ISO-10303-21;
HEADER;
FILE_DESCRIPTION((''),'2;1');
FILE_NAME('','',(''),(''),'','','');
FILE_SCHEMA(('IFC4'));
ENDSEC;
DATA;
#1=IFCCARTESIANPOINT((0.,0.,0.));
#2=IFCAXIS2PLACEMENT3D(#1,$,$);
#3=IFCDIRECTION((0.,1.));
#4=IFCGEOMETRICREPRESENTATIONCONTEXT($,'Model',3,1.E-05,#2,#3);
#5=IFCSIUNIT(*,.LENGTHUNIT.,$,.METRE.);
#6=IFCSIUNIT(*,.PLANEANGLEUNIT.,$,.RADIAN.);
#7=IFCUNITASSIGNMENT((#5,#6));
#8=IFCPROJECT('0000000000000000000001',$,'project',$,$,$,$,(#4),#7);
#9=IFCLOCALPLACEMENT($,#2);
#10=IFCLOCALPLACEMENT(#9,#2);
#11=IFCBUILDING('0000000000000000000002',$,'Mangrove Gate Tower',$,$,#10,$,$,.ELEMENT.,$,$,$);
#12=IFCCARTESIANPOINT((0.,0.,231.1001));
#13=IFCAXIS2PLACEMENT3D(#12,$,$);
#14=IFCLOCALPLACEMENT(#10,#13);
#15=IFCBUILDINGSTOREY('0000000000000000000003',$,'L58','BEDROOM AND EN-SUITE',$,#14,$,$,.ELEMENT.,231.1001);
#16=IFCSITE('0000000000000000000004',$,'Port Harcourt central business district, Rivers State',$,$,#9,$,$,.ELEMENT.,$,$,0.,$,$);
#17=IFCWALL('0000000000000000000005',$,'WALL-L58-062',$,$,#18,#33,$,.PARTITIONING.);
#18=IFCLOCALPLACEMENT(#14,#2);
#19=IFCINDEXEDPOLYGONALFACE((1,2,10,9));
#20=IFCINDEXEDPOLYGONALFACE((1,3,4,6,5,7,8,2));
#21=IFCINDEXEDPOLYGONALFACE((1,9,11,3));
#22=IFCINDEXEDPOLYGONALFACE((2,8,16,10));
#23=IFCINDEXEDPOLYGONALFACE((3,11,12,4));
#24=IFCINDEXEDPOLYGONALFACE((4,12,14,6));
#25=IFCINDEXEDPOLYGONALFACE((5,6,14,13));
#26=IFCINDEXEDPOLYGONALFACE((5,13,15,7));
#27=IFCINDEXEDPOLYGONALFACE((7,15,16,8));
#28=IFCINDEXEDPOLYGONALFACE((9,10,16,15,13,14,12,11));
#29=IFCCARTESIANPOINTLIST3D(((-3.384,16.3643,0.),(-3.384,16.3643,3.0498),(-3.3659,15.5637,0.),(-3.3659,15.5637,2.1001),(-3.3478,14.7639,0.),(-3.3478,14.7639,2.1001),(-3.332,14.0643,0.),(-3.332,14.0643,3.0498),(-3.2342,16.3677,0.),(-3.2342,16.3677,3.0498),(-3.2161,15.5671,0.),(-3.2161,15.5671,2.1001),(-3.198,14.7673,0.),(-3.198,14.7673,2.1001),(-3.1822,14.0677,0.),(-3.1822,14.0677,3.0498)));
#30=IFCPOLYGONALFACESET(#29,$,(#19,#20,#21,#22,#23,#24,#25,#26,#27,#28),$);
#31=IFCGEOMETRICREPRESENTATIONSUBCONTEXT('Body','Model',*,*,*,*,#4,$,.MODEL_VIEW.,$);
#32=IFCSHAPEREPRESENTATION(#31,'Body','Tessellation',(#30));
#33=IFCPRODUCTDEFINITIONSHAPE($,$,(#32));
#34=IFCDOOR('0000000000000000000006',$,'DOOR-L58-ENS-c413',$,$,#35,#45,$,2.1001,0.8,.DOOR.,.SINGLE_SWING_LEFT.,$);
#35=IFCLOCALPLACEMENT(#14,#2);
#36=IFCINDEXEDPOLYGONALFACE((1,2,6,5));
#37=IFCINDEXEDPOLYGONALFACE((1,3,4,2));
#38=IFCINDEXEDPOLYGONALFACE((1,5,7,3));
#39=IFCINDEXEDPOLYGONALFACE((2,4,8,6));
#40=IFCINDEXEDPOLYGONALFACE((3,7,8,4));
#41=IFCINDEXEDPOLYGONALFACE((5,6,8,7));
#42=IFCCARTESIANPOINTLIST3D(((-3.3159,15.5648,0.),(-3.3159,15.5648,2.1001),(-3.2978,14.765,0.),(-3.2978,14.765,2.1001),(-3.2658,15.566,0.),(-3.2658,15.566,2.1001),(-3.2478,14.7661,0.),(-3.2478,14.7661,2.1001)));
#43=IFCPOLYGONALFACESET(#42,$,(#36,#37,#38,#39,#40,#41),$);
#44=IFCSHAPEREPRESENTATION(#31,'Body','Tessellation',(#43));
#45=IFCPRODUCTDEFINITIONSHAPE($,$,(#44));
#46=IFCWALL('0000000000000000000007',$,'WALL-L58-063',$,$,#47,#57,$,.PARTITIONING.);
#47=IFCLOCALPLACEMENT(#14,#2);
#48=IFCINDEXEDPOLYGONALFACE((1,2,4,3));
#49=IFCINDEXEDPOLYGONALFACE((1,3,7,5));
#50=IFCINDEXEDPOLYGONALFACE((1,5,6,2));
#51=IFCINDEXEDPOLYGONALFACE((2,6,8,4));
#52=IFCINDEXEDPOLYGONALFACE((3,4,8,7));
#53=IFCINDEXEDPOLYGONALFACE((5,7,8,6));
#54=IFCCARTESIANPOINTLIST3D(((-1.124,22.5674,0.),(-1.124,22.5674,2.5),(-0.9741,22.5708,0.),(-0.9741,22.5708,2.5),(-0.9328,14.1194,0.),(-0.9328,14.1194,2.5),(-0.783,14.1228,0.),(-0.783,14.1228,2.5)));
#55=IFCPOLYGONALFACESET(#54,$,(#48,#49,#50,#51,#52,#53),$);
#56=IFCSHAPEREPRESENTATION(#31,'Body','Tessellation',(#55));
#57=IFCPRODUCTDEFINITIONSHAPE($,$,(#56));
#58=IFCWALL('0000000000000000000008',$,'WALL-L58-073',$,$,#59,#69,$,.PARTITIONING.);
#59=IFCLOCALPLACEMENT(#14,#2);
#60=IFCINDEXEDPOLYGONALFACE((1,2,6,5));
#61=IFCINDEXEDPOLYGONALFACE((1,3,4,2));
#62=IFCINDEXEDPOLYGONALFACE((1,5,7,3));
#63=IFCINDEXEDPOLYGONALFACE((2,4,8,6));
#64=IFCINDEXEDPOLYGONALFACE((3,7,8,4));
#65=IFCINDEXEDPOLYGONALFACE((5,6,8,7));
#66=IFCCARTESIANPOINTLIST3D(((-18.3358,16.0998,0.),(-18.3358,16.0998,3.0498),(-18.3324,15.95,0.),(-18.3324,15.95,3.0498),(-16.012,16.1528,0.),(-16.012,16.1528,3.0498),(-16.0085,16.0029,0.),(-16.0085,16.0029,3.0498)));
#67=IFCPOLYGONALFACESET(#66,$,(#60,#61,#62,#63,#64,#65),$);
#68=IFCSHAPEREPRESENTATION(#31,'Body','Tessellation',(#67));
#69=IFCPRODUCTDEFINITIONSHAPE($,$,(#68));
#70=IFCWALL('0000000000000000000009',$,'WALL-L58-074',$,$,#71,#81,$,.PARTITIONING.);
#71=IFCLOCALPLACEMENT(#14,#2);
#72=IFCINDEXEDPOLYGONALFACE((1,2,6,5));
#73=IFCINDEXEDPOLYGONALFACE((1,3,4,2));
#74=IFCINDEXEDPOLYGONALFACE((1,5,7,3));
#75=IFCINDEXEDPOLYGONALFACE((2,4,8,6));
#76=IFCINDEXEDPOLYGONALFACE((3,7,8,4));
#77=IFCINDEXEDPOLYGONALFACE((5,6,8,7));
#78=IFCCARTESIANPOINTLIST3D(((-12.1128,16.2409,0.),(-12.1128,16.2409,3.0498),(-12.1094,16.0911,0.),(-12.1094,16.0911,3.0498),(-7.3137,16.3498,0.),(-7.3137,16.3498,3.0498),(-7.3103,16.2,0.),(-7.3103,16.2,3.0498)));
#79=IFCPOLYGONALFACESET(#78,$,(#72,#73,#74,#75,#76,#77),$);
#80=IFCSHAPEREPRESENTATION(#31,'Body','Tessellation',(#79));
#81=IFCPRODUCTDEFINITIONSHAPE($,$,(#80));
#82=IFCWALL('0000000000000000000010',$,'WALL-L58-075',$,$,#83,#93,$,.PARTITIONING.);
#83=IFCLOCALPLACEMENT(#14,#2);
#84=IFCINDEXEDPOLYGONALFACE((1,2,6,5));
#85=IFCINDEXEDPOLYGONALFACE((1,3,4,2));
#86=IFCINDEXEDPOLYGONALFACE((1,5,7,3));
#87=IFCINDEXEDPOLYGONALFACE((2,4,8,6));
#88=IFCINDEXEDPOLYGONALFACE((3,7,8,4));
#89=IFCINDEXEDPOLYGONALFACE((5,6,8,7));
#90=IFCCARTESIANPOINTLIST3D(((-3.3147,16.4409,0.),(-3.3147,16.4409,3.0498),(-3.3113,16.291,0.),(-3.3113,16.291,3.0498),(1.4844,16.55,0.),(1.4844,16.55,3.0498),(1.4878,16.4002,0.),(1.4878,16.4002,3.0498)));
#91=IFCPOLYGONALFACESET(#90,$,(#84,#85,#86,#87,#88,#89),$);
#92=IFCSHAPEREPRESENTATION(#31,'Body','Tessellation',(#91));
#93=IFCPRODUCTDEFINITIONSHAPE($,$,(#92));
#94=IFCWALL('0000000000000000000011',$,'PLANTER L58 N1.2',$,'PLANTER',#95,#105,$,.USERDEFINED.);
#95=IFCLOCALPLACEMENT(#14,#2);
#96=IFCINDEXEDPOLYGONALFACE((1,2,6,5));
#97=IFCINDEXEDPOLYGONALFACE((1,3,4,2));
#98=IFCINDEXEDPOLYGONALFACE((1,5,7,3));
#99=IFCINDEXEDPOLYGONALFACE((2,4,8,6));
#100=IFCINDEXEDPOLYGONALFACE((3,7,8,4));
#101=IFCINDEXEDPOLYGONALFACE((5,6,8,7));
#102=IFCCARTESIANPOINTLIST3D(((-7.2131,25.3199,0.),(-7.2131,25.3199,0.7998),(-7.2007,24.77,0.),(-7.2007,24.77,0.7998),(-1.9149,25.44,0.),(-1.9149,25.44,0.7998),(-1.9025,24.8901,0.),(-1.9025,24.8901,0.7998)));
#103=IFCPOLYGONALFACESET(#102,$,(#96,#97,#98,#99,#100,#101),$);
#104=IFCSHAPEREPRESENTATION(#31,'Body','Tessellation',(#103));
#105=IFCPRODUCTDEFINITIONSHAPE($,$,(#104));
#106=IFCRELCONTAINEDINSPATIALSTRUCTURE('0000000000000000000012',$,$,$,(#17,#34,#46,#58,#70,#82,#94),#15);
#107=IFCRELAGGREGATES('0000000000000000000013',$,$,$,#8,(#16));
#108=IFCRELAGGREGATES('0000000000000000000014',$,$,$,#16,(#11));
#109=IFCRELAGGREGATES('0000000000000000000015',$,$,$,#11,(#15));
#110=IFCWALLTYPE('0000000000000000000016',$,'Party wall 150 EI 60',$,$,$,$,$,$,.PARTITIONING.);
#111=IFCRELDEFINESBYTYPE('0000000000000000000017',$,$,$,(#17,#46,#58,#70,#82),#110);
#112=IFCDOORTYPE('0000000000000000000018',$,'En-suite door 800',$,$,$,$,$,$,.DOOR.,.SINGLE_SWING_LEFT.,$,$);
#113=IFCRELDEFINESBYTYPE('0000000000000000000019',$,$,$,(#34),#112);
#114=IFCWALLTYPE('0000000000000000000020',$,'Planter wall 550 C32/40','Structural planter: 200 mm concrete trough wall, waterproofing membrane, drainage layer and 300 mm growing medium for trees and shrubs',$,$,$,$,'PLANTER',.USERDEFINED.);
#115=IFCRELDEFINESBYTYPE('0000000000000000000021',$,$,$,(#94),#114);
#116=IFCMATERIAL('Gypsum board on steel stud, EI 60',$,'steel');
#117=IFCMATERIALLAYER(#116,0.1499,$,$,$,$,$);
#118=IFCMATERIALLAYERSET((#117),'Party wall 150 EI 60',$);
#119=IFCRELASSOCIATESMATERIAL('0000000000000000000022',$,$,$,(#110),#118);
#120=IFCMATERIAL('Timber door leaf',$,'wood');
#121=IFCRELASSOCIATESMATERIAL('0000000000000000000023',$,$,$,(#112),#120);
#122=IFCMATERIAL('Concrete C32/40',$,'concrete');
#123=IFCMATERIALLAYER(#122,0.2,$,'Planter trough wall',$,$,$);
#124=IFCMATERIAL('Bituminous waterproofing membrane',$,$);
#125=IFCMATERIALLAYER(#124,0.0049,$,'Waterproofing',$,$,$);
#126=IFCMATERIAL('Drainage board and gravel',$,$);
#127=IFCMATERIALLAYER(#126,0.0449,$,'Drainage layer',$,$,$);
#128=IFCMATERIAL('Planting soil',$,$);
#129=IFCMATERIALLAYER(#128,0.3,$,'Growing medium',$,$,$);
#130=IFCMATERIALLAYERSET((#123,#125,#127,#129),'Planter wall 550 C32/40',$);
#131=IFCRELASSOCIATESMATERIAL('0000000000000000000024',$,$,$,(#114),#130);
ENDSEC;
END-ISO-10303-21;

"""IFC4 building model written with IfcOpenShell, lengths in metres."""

from ifc_helpers import new_model, si_unit, direction, frame, frame_2d, origin, place, context, subcontext, project, spatial, rectangle, extrude, material, layer, layer_set, type_object, element, fill, save


model = new_model("IFC4")

# Units and contexts
model_context = context("Model", 3, precision=1e-05, world=origin(), true_north=direction((0.0, 1.0)))
body_context = subcontext(model_context, "Body", "Model", "MODEL_VIEW")
ifc_project = project(units=[si_unit("LENGTHUNIT", "METRE"), si_unit("PLANEANGLEUNIT", "RADIAN")], contexts=[model_context])

# Site, building, storey
site_placement = place(None, origin())
site = spatial("IfcSite", under=ifc_project, at=site_placement, Name="Port Harcourt central business district, Rivers State", CompositionType="ELEMENT", RefElevation=0.0)
building_placement = place(site_placement, origin())
building = spatial("IfcBuilding", under=site, at=building_placement, Name="Mangrove Gate Tower", CompositionType="ELEMENT")
storey_placement = place(building_placement, frame((0.0, 0.0, 231.1001)))
storey = spatial("IfcBuildingStorey", under=building, at=storey_placement, Name="L58", Description="BEDROOM AND EN-SUITE", CompositionType="ELEMENT", Elevation=231.1001)

# Shared definitions
ifc_material_1 = material(Name="Gypsum board on steel stud, EI 60", Category="steel")
ifc_layer_1 = layer(ifc_material_1, 0.1499)
ifc_layer_set_1 = layer_set([ifc_layer_1], Name="Party wall 150 EI 60")
wall_type_1 = type_object("IfcWallType", Name="Party wall 150 EI 60", PredefinedType="PARTITIONING", material=ifc_layer_set_1)
ifc_material_2 = material(Name="Timber door leaf", Category="wood")
door_type = type_object("IfcDoorType", Name="En-suite door 800", OperationType="SINGLE_SWING_LEFT", PredefinedType="DOOR", material=ifc_material_2)

# Wall, opening, door
wall_1_placement = place(storey_placement, frame((-3.2571, 14.0659, 0.0), z_axis=(0.0, 0.0, 1.0), x_axis=(-0.022603, 0.999745, 0.0)))
wall_1 = element("IfcWall", 1, at=wall_1_placement, inside=storey, type_object=wall_type_1, Name="WALL-L58-062", PredefinedType="PARTITIONING", context=body_context, shape_type="SweptSolid", body=[
    extrude(rectangle(XDim=2.3005, YDim=0.1499, at=frame_2d((1.1504, 0.0))), origin(), (0.0, 0.0, 1.0), 3.0498),
])
opening_1_placement = place(wall_1_placement, frame((0.7, 0.0, 0.0)))
opening_1 = element("IfcOpeningElement", 2, at=opening_1_placement, cuts=wall_1, PredefinedType="OPENING", context=body_context, shape_type="SweptSolid", body=[
    extrude(rectangle(XDim=0.8, YDim=2.1001, at=frame_2d((0.3999, 1.05))), frame((0.0, 0.085, 0.0), z_axis=(0.0, -1.0, 0.0), x_axis=(1.0, 0.0, 0.0)), (0.0, 0.0, 1.0), 0.1699),
])
door_1_placement = place(opening_1_placement, origin())
door_1 = element("IfcDoor", 3, at=door_1_placement, inside=storey, type_object=door_type, Name="DOOR-L58-ENS-c413", OperationType="SINGLE_SWING_LEFT", OverallHeight=2.1001, OverallWidth=0.8, PredefinedType="DOOR", context=body_context, shape_type="SweptSolid", body=[
    extrude(rectangle(XDim=0.8, YDim=2.1001, at=frame_2d((0.3999, 1.05))), frame((0.0, 0.0249, 0.0), z_axis=(0.0, -1.0, 0.0), x_axis=(1.0, 0.0, 0.0)), (0.0, 0.0, 1.0), 0.05),
])
fill(opening_1, door_1)

# Walls
wall_2_placement = place(storey_placement, frame((-0.8579, 14.1211, 0.0), z_axis=(0.0, 0.0, 1.0), x_axis=(-0.022622, 0.999744, 0.0)))
element("IfcWall", 4, at=wall_2_placement, inside=storey, type_object=wall_type_1, Name="WALL-L58-063", PredefinedType="PARTITIONING", context=body_context, shape_type="SweptSolid", body=[
    extrude(rectangle(XDim=8.4502, YDim=0.1499, at=frame_2d((4.2251, 0.0))), origin(), (0.0, 0.0, 1.0), 2.5),
])
wall_3_placement = place(storey_placement, frame((-18.334, 16.0249, 0.0), z_axis=(0.0, 0.0, 1.0), x_axis=(0.99974, 0.022791, 0.0)))
element("IfcWall", 5, at=wall_3_placement, inside=storey, type_object=wall_type_1, Name="WALL-L58-073", PredefinedType="PARTITIONING", context=body_context, shape_type="SweptSolid", body=[
    extrude(rectangle(XDim=2.3245, YDim=0.1499, at=frame_2d((1.1621, 0.0))), origin(), (0.0, 0.0, 1.0), 3.0498),
])
for number, where, z_axis, x_axis, name in (
    (6, (-12.1111, 16.166, 0.0), (0.0, 0.0, 1.0), (0.999743, 0.022683, 0.0), "WALL-L58-074"),
    (7, (-3.313, 16.366, 0.0), (0.0, 0.0, 1.0), (0.999742, 0.022734, 0.0), "WALL-L58-075"),
):
    element("IfcWall", number, at=place(storey_placement, frame(where, z_axis=z_axis, x_axis=x_axis)), inside=storey, type_object=wall_type_1, Name=name, PredefinedType="PARTITIONING", context=body_context, shape_type="SweptSolid", body=[
        extrude(rectangle(XDim=4.8003, YDim=0.1499, at=frame_2d((2.4001, 0.0))), origin(), (0.0, 0.0, 1.0), 3.0498),
    ])
ifc_material_3 = material(Name="Concrete C32/40", Category="concrete")
ifc_layer_2 = layer(ifc_material_3, 0.2, Name="Planter trough wall")
ifc_material_4 = material(Name="Bituminous waterproofing membrane")
ifc_layer_3 = layer(ifc_material_4, 0.0049, Name="Waterproofing")
ifc_material_5 = material(Name="Drainage board and gravel")
ifc_layer_4 = layer(ifc_material_5, 0.0449, Name="Drainage layer")
ifc_material_6 = material(Name="Planting soil")
ifc_layer_5 = layer(ifc_material_6, 0.3, Name="Growing medium")
ifc_layer_set_2 = layer_set([ifc_layer_2, ifc_layer_3, ifc_layer_4, ifc_layer_5], Name="Planter wall 550 C32/40")
wall_type_2 = type_object("IfcWallType", Name="Planter wall 550 C32/40", Description="Structural planter: 200 mm concrete trough wall, waterproofing membrane, drainage layer and 300 mm growing medium for trees and shrubs", ElementType="PLANTER", PredefinedType="USERDEFINED", material=ifc_layer_set_2)
wall_4_placement = place(storey_placement, frame((-7.207, 25.0449, 0.0), z_axis=(0.0, 0.0, 1.0), x_axis=(0.999743, 0.022666, 0.0)))
element("IfcWall", 8, at=wall_4_placement, inside=storey, type_object=wall_type_2, Name="PLANTER L58 N1.2", ObjectType="PLANTER", PredefinedType="USERDEFINED", context=body_context, shape_type="SweptSolid", body=[
    extrude(rectangle(XDim=5.2996, YDim=0.55, at=frame_2d((2.6499, 0.0))), origin(), (0.0, 0.0, 1.0), 0.7998),
])

save(model, "model.ifc")
